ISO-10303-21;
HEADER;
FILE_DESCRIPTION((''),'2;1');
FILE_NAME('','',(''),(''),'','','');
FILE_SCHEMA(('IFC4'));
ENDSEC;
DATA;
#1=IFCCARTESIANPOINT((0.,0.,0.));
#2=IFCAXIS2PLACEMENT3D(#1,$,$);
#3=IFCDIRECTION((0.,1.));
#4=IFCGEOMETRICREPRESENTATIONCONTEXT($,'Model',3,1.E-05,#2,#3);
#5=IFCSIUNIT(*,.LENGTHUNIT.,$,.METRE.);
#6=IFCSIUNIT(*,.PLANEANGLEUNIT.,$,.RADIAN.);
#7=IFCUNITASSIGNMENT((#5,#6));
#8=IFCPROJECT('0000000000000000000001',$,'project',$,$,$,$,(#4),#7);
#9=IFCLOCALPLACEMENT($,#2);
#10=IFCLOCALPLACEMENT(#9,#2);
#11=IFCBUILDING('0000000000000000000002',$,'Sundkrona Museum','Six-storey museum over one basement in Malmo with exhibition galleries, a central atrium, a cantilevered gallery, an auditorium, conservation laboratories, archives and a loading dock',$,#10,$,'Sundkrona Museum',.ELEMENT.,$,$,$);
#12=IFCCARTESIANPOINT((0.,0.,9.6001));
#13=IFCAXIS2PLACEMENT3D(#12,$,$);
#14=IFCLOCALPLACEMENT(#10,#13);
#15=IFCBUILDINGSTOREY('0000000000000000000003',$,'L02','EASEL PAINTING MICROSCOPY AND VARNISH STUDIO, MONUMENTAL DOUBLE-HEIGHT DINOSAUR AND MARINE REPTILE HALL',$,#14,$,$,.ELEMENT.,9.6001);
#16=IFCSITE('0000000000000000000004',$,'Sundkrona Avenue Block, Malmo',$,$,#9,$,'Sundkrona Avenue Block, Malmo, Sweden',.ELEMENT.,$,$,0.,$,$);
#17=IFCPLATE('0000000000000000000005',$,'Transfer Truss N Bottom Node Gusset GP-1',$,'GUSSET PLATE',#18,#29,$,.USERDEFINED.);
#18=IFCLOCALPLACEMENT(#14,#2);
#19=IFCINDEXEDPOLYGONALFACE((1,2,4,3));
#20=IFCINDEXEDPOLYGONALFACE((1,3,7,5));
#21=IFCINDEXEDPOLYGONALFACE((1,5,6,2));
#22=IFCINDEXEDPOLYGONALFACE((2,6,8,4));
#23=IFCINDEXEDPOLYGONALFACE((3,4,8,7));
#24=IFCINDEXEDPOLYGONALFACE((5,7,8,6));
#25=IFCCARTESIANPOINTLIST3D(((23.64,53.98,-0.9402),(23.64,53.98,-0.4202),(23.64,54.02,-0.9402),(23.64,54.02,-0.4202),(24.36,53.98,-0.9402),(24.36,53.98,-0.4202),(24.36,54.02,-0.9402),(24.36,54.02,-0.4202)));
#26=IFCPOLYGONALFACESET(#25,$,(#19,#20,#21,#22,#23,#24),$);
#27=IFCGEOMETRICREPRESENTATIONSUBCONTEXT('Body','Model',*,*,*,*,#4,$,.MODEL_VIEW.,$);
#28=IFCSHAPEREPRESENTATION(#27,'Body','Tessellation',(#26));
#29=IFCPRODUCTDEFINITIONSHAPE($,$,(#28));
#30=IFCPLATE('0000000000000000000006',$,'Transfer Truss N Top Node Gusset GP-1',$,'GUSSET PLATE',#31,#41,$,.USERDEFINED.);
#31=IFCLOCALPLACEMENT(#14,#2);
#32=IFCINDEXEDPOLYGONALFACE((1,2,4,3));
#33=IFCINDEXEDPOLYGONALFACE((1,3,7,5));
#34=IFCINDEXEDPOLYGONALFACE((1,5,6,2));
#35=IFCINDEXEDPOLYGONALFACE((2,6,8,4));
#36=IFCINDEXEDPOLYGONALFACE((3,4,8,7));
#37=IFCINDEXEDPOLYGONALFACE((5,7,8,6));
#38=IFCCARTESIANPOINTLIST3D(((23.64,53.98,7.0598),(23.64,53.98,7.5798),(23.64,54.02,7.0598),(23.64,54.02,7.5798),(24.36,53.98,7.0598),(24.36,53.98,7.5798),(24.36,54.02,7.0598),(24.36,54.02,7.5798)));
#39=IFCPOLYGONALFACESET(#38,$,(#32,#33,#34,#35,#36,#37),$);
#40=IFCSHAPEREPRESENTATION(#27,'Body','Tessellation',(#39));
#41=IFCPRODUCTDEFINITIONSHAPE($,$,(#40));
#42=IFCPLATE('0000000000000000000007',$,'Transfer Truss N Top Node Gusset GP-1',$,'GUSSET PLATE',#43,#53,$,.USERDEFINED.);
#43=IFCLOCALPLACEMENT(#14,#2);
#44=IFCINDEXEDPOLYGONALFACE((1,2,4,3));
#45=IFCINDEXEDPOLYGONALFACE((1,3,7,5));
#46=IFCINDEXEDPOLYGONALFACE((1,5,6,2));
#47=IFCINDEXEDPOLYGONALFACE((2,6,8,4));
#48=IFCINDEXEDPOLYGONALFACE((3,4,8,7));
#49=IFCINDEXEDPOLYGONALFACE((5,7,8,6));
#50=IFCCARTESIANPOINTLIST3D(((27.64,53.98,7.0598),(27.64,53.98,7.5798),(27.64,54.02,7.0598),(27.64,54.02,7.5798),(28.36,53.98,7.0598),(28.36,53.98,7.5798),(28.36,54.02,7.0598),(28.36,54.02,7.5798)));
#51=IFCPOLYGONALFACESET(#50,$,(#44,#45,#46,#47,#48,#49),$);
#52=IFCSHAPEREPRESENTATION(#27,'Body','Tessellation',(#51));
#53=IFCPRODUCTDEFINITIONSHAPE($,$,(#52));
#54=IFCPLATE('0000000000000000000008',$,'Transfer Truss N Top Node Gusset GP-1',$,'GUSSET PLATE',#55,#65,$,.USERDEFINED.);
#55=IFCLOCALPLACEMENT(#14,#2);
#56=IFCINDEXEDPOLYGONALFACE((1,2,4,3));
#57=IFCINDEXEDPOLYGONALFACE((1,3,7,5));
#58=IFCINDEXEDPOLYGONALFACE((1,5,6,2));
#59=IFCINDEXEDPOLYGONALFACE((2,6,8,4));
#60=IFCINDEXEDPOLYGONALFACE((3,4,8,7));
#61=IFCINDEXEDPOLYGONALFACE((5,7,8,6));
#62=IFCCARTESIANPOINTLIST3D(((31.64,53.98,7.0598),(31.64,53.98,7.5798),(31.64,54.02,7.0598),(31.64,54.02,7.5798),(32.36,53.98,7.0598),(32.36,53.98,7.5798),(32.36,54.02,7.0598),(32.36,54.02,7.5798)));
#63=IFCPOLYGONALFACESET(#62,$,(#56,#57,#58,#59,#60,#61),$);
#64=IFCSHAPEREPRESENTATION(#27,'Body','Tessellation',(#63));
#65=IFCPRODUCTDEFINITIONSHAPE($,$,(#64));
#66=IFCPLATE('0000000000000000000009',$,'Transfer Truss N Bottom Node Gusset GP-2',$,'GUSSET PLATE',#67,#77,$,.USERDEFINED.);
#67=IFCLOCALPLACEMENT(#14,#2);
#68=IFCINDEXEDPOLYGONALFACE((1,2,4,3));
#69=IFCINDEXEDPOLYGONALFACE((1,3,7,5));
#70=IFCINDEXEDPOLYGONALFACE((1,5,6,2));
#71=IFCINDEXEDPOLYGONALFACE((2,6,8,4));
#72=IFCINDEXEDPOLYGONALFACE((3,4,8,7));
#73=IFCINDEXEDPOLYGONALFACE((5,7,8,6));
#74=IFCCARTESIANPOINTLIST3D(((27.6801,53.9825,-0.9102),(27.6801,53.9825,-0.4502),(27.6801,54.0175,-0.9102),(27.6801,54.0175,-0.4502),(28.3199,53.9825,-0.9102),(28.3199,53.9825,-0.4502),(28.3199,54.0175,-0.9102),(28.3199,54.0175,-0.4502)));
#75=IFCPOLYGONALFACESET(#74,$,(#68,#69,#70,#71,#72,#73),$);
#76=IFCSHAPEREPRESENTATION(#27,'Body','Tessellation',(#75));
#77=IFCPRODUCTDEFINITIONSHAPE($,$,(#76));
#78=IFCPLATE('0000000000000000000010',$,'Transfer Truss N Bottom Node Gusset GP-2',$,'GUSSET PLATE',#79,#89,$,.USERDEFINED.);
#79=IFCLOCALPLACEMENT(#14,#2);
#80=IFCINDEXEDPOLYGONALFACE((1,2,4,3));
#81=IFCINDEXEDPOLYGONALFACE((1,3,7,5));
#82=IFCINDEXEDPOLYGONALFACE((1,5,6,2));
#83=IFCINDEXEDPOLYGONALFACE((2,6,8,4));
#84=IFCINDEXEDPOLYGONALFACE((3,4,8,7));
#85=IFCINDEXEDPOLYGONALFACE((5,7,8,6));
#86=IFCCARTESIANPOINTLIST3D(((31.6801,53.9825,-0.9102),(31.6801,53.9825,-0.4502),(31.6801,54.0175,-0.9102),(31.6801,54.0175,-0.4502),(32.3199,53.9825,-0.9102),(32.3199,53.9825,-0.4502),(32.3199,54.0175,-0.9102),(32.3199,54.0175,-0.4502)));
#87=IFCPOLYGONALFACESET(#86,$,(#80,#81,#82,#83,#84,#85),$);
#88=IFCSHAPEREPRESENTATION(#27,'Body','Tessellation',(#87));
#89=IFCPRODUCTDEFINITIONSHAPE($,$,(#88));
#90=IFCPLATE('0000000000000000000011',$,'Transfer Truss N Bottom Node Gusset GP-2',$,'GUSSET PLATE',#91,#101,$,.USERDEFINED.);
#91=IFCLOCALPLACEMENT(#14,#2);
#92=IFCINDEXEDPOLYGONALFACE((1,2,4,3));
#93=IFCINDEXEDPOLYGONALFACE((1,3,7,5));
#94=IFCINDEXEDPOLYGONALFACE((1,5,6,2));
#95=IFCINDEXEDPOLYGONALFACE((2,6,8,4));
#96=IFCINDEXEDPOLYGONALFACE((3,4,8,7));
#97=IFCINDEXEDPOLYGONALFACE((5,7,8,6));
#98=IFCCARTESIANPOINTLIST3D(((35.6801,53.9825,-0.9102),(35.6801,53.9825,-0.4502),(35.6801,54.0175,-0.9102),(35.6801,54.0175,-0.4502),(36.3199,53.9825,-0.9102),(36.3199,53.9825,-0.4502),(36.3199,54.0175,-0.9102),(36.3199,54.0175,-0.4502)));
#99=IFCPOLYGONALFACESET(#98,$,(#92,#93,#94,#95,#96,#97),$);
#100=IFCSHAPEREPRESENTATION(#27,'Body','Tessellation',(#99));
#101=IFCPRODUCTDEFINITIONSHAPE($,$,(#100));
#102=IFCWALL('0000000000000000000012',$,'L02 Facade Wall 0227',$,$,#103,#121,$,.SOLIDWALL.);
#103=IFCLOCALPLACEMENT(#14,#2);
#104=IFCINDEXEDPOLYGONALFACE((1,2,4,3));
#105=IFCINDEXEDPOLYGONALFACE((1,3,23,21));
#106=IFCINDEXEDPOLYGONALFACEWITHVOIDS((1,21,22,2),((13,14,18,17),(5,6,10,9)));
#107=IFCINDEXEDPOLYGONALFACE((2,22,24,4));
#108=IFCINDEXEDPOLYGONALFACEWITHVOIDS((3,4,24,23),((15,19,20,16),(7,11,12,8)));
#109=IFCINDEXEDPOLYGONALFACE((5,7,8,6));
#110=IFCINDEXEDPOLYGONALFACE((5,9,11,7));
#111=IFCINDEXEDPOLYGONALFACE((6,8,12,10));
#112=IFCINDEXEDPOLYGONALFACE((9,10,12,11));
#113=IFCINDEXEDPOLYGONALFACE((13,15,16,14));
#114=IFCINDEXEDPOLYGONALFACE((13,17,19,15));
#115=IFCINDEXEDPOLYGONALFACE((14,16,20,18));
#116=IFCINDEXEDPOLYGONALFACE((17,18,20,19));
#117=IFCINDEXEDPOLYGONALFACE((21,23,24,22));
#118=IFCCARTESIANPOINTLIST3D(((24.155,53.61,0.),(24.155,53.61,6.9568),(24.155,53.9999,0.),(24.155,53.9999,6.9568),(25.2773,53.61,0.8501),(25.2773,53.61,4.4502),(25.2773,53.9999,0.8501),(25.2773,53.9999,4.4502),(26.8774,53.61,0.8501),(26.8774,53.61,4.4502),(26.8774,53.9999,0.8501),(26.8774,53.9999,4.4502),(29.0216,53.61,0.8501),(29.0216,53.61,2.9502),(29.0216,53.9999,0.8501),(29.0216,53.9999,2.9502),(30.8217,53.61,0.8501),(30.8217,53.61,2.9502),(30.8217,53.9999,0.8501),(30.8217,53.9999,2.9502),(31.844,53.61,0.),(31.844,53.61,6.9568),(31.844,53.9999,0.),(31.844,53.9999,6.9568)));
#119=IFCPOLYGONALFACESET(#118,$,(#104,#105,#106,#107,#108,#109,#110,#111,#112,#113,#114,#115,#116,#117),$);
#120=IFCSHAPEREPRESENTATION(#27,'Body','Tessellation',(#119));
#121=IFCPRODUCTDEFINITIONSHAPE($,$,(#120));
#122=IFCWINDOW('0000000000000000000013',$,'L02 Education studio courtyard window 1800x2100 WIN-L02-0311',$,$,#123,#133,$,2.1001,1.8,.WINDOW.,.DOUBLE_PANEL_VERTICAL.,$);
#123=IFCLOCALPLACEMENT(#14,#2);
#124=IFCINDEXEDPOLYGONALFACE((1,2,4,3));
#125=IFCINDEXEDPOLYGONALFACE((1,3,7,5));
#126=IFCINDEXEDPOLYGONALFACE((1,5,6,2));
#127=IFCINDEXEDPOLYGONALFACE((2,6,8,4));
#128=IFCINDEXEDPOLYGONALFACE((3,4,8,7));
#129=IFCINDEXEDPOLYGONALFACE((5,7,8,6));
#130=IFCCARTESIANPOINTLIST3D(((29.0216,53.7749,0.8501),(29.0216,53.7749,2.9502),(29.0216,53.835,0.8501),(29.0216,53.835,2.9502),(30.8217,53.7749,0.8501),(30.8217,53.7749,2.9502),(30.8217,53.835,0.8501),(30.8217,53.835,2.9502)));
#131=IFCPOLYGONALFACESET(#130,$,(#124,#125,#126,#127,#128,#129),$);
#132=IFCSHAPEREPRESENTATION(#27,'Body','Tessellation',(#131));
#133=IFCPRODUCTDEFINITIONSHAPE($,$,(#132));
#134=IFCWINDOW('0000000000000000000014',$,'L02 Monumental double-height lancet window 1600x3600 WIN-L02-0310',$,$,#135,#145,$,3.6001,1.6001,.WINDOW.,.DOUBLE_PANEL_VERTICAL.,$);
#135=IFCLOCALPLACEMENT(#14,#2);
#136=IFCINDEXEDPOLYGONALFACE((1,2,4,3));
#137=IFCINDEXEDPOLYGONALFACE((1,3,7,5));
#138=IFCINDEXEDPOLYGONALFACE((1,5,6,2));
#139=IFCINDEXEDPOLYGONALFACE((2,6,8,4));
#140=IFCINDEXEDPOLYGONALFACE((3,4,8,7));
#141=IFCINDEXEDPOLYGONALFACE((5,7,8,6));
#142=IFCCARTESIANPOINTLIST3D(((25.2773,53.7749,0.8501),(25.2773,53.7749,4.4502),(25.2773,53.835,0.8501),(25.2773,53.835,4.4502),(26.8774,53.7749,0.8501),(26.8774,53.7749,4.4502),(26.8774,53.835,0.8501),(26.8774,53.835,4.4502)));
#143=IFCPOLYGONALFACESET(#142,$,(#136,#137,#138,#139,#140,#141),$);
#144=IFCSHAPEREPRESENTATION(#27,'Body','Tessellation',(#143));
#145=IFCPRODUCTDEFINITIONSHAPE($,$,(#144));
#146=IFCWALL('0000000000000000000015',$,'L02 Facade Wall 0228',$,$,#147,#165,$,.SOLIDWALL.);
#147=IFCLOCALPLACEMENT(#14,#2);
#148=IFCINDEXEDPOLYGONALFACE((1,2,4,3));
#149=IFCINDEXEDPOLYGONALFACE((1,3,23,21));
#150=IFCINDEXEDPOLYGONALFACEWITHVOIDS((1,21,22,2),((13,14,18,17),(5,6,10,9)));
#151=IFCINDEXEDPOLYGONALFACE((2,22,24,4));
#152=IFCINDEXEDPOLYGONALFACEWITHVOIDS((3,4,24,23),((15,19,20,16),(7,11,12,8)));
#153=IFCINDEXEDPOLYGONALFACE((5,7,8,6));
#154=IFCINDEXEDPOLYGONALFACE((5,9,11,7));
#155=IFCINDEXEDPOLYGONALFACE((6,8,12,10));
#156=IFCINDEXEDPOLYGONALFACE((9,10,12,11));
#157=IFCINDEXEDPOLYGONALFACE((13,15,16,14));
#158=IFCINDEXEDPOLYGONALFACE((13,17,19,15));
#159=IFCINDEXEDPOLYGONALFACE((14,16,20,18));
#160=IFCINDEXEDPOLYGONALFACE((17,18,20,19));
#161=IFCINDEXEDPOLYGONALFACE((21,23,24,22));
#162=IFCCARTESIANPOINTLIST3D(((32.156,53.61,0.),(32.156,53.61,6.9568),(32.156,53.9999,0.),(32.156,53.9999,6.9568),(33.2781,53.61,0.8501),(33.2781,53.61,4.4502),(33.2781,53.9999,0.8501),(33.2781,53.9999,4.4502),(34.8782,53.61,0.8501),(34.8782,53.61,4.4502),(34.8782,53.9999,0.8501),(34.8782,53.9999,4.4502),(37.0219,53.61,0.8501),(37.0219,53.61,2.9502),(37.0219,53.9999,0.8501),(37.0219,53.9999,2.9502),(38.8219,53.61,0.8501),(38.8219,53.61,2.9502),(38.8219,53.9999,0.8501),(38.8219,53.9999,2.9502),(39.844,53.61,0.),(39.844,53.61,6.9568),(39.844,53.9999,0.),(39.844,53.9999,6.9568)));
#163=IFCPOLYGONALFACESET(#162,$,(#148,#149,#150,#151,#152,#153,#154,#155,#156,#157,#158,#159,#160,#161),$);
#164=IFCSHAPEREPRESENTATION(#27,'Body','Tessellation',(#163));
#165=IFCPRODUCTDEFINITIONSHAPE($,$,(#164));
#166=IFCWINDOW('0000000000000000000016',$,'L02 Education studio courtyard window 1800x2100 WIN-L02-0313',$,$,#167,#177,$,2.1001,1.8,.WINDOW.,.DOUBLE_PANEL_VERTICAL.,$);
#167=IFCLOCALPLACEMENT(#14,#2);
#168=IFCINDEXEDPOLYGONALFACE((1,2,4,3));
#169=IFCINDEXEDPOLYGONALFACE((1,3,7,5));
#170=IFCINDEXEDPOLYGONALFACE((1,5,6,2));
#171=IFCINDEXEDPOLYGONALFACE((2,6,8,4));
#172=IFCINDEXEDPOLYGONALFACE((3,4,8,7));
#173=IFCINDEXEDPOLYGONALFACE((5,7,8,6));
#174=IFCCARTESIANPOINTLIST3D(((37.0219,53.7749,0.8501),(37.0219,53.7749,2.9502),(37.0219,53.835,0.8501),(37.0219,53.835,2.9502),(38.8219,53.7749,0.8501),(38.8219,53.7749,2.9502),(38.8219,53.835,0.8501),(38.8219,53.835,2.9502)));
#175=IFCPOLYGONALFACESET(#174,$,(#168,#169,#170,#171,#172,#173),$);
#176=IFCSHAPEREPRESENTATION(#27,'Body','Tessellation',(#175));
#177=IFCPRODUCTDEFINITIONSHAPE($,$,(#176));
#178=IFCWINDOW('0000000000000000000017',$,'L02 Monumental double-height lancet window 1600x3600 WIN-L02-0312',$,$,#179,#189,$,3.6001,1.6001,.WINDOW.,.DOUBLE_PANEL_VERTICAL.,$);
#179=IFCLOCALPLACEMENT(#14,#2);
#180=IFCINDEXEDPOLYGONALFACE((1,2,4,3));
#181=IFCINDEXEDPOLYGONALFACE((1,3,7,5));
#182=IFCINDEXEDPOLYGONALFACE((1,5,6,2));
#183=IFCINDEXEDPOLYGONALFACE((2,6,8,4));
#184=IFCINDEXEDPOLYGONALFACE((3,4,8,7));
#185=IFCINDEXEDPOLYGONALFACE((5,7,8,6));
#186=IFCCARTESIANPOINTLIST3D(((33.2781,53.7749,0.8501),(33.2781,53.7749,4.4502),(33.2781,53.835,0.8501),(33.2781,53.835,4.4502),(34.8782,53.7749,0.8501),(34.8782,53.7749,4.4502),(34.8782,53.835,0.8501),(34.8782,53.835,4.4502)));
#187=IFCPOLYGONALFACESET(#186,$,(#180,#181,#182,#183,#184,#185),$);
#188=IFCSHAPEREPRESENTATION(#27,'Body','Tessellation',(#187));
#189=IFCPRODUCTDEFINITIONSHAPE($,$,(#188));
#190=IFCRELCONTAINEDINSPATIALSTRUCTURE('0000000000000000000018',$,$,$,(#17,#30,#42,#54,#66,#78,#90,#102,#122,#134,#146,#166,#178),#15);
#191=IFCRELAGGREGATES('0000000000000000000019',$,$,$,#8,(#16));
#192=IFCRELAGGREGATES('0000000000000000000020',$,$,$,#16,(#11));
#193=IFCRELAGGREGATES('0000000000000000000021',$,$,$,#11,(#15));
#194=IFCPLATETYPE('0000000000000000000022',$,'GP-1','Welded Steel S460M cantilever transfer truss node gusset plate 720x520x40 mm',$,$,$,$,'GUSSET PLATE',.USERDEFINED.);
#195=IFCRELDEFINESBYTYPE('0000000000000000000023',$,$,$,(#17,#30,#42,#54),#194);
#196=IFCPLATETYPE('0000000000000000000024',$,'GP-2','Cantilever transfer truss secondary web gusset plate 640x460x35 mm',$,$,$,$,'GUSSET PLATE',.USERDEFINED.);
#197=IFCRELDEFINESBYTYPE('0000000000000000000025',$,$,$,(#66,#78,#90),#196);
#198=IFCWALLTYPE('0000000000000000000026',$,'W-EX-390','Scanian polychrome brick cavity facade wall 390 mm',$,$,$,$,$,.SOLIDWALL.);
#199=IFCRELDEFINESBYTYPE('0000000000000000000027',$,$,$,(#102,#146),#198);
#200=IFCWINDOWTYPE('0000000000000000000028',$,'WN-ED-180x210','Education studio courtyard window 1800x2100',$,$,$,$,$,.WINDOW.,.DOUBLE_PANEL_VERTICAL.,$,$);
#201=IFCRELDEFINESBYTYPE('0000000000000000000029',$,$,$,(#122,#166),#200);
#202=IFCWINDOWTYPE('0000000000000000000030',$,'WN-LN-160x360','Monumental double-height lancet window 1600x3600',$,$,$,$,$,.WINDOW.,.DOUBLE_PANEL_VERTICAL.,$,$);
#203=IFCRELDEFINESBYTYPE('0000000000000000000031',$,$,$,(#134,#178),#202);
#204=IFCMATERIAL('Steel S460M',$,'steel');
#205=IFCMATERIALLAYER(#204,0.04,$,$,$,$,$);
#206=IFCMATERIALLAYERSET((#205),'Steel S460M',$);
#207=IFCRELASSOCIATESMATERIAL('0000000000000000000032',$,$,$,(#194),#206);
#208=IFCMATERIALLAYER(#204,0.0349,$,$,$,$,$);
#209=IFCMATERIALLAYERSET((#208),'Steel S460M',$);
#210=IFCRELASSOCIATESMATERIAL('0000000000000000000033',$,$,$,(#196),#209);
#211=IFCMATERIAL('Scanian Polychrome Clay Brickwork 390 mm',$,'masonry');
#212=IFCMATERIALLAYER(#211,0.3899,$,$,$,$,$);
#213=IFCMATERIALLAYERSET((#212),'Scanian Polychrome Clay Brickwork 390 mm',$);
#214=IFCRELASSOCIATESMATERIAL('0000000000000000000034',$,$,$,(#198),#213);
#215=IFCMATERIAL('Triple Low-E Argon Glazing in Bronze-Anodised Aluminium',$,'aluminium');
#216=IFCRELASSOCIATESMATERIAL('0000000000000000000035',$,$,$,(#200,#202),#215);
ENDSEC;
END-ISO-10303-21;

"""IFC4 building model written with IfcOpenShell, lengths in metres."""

from ifc_helpers import new_model, si_unit, direction, frame, frame_2d, origin, origin_2d, place, context, subcontext, project, spatial, rectangle, extrude, material, layer, layer_set, type_object, element, fill, save


model = new_model("IFC4")

# Units and contexts
model_context = context("Model", 3, precision=1e-05, world=origin(), true_north=direction((0.0, 1.0)))
body_context = subcontext(model_context, "Body", "Model", "MODEL_VIEW")
ifc_project = project(units=[si_unit("LENGTHUNIT", "METRE"), si_unit("PLANEANGLEUNIT", "RADIAN")], contexts=[model_context])

# Site, building, storey
site_placement = place(None, origin())
site = spatial("IfcSite", under=ifc_project, at=site_placement, Name="Sundkrona Avenue Block, Malmo", LongName="Sundkrona Avenue Block, Malmo, Sweden", CompositionType="ELEMENT", RefElevation=0.0)
building_placement = place(site_placement, origin())
building = spatial("IfcBuilding", under=site, at=building_placement, Name="Sundkrona Museum", Description="Six-storey museum over one basement in Malmo with exhibition galleries, a central atrium, a cantilevered gallery, an auditorium, conservation laboratories, archives and a loading dock", LongName="Sundkrona Museum", CompositionType="ELEMENT")
storey_placement = place(building_placement, frame((0.0, 0.0, 9.6001)))
storey = spatial("IfcBuildingStorey", under=building, at=storey_placement, Name="L02", Description="EASEL PAINTING MICROSCOPY AND VARNISH STUDIO, MONUMENTAL DOUBLE-HEIGHT DINOSAUR AND MARINE REPTILE HALL", CompositionType="ELEMENT", Elevation=9.6001)

# Shared definitions
ifc_material_1 = material(Name="Steel S460M", Category="steel")

# Plates
ifc_layer_1 = layer(ifc_material_1, 0.04)
ifc_layer_set_1 = layer_set([ifc_layer_1], Name="Steel S460M")
plate_type_1 = type_object("IfcPlateType", Name="GP-1", Description="Welded Steel S460M cantilever transfer truss node gusset plate 720x520x40 mm", ElementType="GUSSET PLATE", PredefinedType="USERDEFINED", material=ifc_layer_set_1)
for number, where, z_axis, x_axis, name in (
    (1, (24.0, 54.0, -0.9402), (0.0, 0.0, 1.0), (1.0, 0.0, 0.0), "Transfer Truss N Bottom Node Gusset GP-1"),
    (2, (24.0, 54.0, 7.0598), (0.0, 0.0, 1.0), (1.0, 0.0, 0.0), "Transfer Truss N Top Node Gusset GP-1"),
    (3, (28.0, 54.0, 7.0598), (0.0, 0.0, 1.0), (1.0, 0.0, 0.0), "Transfer Truss N Top Node Gusset GP-1"),
    (4, (32.0, 54.0, 7.0598), (0.0, 0.0, 1.0), (1.0, 0.0, 0.0), "Transfer Truss N Top Node Gusset GP-1"),
):
    element("IfcPlate", number, at=place(storey_placement, frame(where, z_axis=z_axis, x_axis=x_axis)), inside=storey, type_object=plate_type_1, Name=name, ObjectType="GUSSET PLATE", PredefinedType="USERDEFINED", context=body_context, shape_type="SweptSolid", body=[
        extrude(rectangle(XDim=0.72, YDim=0.04, at=origin_2d()), origin(), (0.0, 0.0, 1.0), 0.52),
    ])
ifc_layer_2 = layer(ifc_material_1, 0.0349)
ifc_layer_set_2 = layer_set([ifc_layer_2], Name="Steel S460M")
plate_type_2 = type_object("IfcPlateType", Name="GP-2", Description="Cantilever transfer truss secondary web gusset plate 640x460x35 mm", ElementType="GUSSET PLATE", PredefinedType="USERDEFINED", material=ifc_layer_set_2)
for number, where, z_axis, x_axis, name in (
    (5, (28.0, 54.0, -0.9102), (0.0, 0.0, 1.0), (1.0, 0.0, 0.0), "Transfer Truss N Bottom Node Gusset GP-2"),
    (6, (32.0, 54.0, -0.9102), (0.0, 0.0, 1.0), (1.0, 0.0, 0.0), "Transfer Truss N Bottom Node Gusset GP-2"),
    (7, (36.0, 54.0, -0.9102), (0.0, 0.0, 1.0), (1.0, 0.0, 0.0), "Transfer Truss N Bottom Node Gusset GP-2"),
):
    element("IfcPlate", number, at=place(storey_placement, frame(where, z_axis=z_axis, x_axis=x_axis)), inside=storey, type_object=plate_type_2, Name=name, ObjectType="GUSSET PLATE", PredefinedType="USERDEFINED", context=body_context, shape_type="SweptSolid", body=[
        extrude(rectangle(XDim=0.6399, YDim=0.0349, at=origin_2d()), origin(), (0.0, 0.0, 1.0), 0.46),
    ])

# Walls, openings, windows
ifc_material_2 = material(Name="Scanian Polychrome Clay Brickwork 390 mm", Category="masonry")
ifc_layer_3 = layer(ifc_material_2, 0.3899)
ifc_layer_set_3 = layer_set([ifc_layer_3], Name="Scanian Polychrome Clay Brickwork 390 mm")
wall_type = type_object("IfcWallType", Name="W-EX-390", Description="Scanian polychrome brick cavity facade wall 390 mm", PredefinedType="SOLIDWALL", material=ifc_layer_set_3)
wall_1_placement = place(storey_placement, frame((24.155, 53.8049, 0.0), z_axis=(0.0, 0.0, 1.0), x_axis=(1.0, 0.0, 0.0)))
wall_1 = element("IfcWall", 8, at=wall_1_placement, inside=storey, type_object=wall_type, Name="L02 Facade Wall 0227", PredefinedType="SOLIDWALL", context=body_context, shape_type="SweptSolid", body=[
    extrude(rectangle(XDim=7.689, YDim=0.3899, at=frame_2d((3.8445, 0.0))), origin(), (0.0, 0.0, 1.0), 6.9568),
])
opening_1_placement = place(wall_1_placement, frame((1.1223, 0.0, 0.8501)))
opening_1 = element("IfcOpeningElement", 9, at=opening_1_placement, cuts=wall_1, PredefinedType="OPENING", context=body_context, shape_type="SweptSolid", body=[
    extrude(rectangle(XDim=1.6001, YDim=3.6001, at=frame_2d((0.8, 1.8))), frame((0.0, 0.2048, 0.0), z_axis=(0.0, -1.0, 0.0), x_axis=(1.0, 0.0, 0.0)), (0.0, 0.0, 1.0), 0.4099),
])
opening_2_placement = place(wall_1_placement, frame((4.8667, 0.0, 0.8501)))
opening_2 = element("IfcOpeningElement", 10, at=opening_2_placement, cuts=wall_1, PredefinedType="OPENING", context=body_context, shape_type="SweptSolid", body=[
    extrude(rectangle(XDim=1.8, YDim=2.1001, at=frame_2d((0.8999, 1.05))), frame((0.0, 0.2048, 0.0), z_axis=(0.0, -1.0, 0.0), x_axis=(1.0, 0.0, 0.0)), (0.0, 0.0, 1.0), 0.4099),
])
ifc_material_3 = material(Name="Triple Low-E Argon Glazing in Bronze-Anodised Aluminium", Category="aluminium")
window_type_1 = type_object("IfcWindowType", Name="WN-ED-180x210", Description="Education studio courtyard window 1800x2100", PartitioningType="DOUBLE_PANEL_VERTICAL", PredefinedType="WINDOW", material=ifc_material_3)
window_1_placement = place(opening_2_placement, origin())
window_1 = element("IfcWindow", 11, at=window_1_placement, inside=storey, type_object=window_type_1, Name="L02 Education studio courtyard window 1800x2100 WIN-L02-0311", OverallHeight=2.1001, OverallWidth=1.8, PartitioningType="DOUBLE_PANEL_VERTICAL", PredefinedType="WINDOW", context=body_context, shape_type="SweptSolid", body=[
    extrude(rectangle(XDim=1.8, YDim=2.1001, at=frame_2d((0.8999, 1.05))), frame((0.0, 0.03, 0.0), z_axis=(0.0, -1.0, 0.0), x_axis=(1.0, 0.0, 0.0)), (0.0, 0.0, 1.0), 0.0601),
])
fill(opening_2, window_1)
window_type_2 = type_object("IfcWindowType", Name="WN-LN-160x360", Description="Monumental double-height lancet window 1600x3600", PartitioningType="DOUBLE_PANEL_VERTICAL", PredefinedType="WINDOW", material=ifc_material_3)
window_2_placement = place(opening_1_placement, origin())
window_2 = element("IfcWindow", 12, at=window_2_placement, inside=storey, type_object=window_type_2, Name="L02 Monumental double-height lancet window 1600x3600 WIN-L02-0310", OverallHeight=3.6001, OverallWidth=1.6001, PartitioningType="DOUBLE_PANEL_VERTICAL", PredefinedType="WINDOW", context=body_context, shape_type="SweptSolid", body=[
    extrude(rectangle(XDim=1.6001, YDim=3.6001, at=frame_2d((0.8, 1.8))), frame((0.0, 0.03, 0.0), z_axis=(0.0, -1.0, 0.0), x_axis=(1.0, 0.0, 0.0)), (0.0, 0.0, 1.0), 0.0601),
])
fill(opening_1, window_2)
wall_2_placement = place(storey_placement, frame((32.156, 53.8049, 0.0), z_axis=(0.0, 0.0, 1.0), x_axis=(1.0, 0.0, 0.0)))
wall_2 = element("IfcWall", 13, at=wall_2_placement, inside=storey, type_object=wall_type, Name="L02 Facade Wall 0228", PredefinedType="SOLIDWALL", context=body_context, shape_type="SweptSolid", body=[
    extrude(rectangle(XDim=7.688, YDim=0.3899, at=frame_2d((3.844, 0.0))), origin(), (0.0, 0.0, 1.0), 6.9568),
])
opening_3_placement = place(wall_2_placement, frame((1.1221, 0.0, 0.8501)))
opening_3 = element("IfcOpeningElement", 14, at=opening_3_placement, cuts=wall_2, PredefinedType="OPENING", context=body_context, shape_type="SweptSolid", body=[
    extrude(rectangle(XDim=1.6001, YDim=3.6001, at=frame_2d((0.8, 1.8))), frame((0.0, 0.2048, 0.0), z_axis=(0.0, -1.0, 0.0), x_axis=(1.0, 0.0, 0.0)), (0.0, 0.0, 1.0), 0.4099),
])
opening_4_placement = place(wall_2_placement, frame((4.866, 0.0, 0.8501)))
opening_4 = element("IfcOpeningElement", 15, at=opening_4_placement, cuts=wall_2, PredefinedType="OPENING", context=body_context, shape_type="SweptSolid", body=[
    extrude(rectangle(XDim=1.8, YDim=2.1001, at=frame_2d((0.8999, 1.05))), frame((0.0, 0.2048, 0.0), z_axis=(0.0, -1.0, 0.0), x_axis=(1.0, 0.0, 0.0)), (0.0, 0.0, 1.0), 0.4099),
])
window_3_placement = place(opening_4_placement, origin())
window_3 = element("IfcWindow", 16, at=window_3_placement, inside=storey, type_object=window_type_1, Name="L02 Education studio courtyard window 1800x2100 WIN-L02-0313", OverallHeight=2.1001, OverallWidth=1.8, PartitioningType="DOUBLE_PANEL_VERTICAL", PredefinedType="WINDOW", context=body_context, shape_type="SweptSolid", body=[
    extrude(rectangle(XDim=1.8, YDim=2.1001, at=frame_2d((0.8999, 1.05))), frame((0.0, 0.03, 0.0), z_axis=(0.0, -1.0, 0.0), x_axis=(1.0, 0.0, 0.0)), (0.0, 0.0, 1.0), 0.0601),
])
fill(opening_4, window_3)
window_4_placement = place(opening_3_placement, origin())
window_4 = element("IfcWindow", 17, at=window_4_placement, inside=storey, type_object=window_type_2, Name="L02 Monumental double-height lancet window 1600x3600 WIN-L02-0312", OverallHeight=3.6001, OverallWidth=1.6001, PartitioningType="DOUBLE_PANEL_VERTICAL", PredefinedType="WINDOW", context=body_context, shape_type="SweptSolid", body=[
    extrude(rectangle(XDim=1.6001, YDim=3.6001, at=frame_2d((0.8, 1.8))), frame((0.0, 0.03, 0.0), z_axis=(0.0, -1.0, 0.0), x_axis=(1.0, 0.0, 0.0)), (0.0, 0.0, 1.0), 0.0601),
])
fill(opening_3, window_4)

save(model, "model.ifc")
